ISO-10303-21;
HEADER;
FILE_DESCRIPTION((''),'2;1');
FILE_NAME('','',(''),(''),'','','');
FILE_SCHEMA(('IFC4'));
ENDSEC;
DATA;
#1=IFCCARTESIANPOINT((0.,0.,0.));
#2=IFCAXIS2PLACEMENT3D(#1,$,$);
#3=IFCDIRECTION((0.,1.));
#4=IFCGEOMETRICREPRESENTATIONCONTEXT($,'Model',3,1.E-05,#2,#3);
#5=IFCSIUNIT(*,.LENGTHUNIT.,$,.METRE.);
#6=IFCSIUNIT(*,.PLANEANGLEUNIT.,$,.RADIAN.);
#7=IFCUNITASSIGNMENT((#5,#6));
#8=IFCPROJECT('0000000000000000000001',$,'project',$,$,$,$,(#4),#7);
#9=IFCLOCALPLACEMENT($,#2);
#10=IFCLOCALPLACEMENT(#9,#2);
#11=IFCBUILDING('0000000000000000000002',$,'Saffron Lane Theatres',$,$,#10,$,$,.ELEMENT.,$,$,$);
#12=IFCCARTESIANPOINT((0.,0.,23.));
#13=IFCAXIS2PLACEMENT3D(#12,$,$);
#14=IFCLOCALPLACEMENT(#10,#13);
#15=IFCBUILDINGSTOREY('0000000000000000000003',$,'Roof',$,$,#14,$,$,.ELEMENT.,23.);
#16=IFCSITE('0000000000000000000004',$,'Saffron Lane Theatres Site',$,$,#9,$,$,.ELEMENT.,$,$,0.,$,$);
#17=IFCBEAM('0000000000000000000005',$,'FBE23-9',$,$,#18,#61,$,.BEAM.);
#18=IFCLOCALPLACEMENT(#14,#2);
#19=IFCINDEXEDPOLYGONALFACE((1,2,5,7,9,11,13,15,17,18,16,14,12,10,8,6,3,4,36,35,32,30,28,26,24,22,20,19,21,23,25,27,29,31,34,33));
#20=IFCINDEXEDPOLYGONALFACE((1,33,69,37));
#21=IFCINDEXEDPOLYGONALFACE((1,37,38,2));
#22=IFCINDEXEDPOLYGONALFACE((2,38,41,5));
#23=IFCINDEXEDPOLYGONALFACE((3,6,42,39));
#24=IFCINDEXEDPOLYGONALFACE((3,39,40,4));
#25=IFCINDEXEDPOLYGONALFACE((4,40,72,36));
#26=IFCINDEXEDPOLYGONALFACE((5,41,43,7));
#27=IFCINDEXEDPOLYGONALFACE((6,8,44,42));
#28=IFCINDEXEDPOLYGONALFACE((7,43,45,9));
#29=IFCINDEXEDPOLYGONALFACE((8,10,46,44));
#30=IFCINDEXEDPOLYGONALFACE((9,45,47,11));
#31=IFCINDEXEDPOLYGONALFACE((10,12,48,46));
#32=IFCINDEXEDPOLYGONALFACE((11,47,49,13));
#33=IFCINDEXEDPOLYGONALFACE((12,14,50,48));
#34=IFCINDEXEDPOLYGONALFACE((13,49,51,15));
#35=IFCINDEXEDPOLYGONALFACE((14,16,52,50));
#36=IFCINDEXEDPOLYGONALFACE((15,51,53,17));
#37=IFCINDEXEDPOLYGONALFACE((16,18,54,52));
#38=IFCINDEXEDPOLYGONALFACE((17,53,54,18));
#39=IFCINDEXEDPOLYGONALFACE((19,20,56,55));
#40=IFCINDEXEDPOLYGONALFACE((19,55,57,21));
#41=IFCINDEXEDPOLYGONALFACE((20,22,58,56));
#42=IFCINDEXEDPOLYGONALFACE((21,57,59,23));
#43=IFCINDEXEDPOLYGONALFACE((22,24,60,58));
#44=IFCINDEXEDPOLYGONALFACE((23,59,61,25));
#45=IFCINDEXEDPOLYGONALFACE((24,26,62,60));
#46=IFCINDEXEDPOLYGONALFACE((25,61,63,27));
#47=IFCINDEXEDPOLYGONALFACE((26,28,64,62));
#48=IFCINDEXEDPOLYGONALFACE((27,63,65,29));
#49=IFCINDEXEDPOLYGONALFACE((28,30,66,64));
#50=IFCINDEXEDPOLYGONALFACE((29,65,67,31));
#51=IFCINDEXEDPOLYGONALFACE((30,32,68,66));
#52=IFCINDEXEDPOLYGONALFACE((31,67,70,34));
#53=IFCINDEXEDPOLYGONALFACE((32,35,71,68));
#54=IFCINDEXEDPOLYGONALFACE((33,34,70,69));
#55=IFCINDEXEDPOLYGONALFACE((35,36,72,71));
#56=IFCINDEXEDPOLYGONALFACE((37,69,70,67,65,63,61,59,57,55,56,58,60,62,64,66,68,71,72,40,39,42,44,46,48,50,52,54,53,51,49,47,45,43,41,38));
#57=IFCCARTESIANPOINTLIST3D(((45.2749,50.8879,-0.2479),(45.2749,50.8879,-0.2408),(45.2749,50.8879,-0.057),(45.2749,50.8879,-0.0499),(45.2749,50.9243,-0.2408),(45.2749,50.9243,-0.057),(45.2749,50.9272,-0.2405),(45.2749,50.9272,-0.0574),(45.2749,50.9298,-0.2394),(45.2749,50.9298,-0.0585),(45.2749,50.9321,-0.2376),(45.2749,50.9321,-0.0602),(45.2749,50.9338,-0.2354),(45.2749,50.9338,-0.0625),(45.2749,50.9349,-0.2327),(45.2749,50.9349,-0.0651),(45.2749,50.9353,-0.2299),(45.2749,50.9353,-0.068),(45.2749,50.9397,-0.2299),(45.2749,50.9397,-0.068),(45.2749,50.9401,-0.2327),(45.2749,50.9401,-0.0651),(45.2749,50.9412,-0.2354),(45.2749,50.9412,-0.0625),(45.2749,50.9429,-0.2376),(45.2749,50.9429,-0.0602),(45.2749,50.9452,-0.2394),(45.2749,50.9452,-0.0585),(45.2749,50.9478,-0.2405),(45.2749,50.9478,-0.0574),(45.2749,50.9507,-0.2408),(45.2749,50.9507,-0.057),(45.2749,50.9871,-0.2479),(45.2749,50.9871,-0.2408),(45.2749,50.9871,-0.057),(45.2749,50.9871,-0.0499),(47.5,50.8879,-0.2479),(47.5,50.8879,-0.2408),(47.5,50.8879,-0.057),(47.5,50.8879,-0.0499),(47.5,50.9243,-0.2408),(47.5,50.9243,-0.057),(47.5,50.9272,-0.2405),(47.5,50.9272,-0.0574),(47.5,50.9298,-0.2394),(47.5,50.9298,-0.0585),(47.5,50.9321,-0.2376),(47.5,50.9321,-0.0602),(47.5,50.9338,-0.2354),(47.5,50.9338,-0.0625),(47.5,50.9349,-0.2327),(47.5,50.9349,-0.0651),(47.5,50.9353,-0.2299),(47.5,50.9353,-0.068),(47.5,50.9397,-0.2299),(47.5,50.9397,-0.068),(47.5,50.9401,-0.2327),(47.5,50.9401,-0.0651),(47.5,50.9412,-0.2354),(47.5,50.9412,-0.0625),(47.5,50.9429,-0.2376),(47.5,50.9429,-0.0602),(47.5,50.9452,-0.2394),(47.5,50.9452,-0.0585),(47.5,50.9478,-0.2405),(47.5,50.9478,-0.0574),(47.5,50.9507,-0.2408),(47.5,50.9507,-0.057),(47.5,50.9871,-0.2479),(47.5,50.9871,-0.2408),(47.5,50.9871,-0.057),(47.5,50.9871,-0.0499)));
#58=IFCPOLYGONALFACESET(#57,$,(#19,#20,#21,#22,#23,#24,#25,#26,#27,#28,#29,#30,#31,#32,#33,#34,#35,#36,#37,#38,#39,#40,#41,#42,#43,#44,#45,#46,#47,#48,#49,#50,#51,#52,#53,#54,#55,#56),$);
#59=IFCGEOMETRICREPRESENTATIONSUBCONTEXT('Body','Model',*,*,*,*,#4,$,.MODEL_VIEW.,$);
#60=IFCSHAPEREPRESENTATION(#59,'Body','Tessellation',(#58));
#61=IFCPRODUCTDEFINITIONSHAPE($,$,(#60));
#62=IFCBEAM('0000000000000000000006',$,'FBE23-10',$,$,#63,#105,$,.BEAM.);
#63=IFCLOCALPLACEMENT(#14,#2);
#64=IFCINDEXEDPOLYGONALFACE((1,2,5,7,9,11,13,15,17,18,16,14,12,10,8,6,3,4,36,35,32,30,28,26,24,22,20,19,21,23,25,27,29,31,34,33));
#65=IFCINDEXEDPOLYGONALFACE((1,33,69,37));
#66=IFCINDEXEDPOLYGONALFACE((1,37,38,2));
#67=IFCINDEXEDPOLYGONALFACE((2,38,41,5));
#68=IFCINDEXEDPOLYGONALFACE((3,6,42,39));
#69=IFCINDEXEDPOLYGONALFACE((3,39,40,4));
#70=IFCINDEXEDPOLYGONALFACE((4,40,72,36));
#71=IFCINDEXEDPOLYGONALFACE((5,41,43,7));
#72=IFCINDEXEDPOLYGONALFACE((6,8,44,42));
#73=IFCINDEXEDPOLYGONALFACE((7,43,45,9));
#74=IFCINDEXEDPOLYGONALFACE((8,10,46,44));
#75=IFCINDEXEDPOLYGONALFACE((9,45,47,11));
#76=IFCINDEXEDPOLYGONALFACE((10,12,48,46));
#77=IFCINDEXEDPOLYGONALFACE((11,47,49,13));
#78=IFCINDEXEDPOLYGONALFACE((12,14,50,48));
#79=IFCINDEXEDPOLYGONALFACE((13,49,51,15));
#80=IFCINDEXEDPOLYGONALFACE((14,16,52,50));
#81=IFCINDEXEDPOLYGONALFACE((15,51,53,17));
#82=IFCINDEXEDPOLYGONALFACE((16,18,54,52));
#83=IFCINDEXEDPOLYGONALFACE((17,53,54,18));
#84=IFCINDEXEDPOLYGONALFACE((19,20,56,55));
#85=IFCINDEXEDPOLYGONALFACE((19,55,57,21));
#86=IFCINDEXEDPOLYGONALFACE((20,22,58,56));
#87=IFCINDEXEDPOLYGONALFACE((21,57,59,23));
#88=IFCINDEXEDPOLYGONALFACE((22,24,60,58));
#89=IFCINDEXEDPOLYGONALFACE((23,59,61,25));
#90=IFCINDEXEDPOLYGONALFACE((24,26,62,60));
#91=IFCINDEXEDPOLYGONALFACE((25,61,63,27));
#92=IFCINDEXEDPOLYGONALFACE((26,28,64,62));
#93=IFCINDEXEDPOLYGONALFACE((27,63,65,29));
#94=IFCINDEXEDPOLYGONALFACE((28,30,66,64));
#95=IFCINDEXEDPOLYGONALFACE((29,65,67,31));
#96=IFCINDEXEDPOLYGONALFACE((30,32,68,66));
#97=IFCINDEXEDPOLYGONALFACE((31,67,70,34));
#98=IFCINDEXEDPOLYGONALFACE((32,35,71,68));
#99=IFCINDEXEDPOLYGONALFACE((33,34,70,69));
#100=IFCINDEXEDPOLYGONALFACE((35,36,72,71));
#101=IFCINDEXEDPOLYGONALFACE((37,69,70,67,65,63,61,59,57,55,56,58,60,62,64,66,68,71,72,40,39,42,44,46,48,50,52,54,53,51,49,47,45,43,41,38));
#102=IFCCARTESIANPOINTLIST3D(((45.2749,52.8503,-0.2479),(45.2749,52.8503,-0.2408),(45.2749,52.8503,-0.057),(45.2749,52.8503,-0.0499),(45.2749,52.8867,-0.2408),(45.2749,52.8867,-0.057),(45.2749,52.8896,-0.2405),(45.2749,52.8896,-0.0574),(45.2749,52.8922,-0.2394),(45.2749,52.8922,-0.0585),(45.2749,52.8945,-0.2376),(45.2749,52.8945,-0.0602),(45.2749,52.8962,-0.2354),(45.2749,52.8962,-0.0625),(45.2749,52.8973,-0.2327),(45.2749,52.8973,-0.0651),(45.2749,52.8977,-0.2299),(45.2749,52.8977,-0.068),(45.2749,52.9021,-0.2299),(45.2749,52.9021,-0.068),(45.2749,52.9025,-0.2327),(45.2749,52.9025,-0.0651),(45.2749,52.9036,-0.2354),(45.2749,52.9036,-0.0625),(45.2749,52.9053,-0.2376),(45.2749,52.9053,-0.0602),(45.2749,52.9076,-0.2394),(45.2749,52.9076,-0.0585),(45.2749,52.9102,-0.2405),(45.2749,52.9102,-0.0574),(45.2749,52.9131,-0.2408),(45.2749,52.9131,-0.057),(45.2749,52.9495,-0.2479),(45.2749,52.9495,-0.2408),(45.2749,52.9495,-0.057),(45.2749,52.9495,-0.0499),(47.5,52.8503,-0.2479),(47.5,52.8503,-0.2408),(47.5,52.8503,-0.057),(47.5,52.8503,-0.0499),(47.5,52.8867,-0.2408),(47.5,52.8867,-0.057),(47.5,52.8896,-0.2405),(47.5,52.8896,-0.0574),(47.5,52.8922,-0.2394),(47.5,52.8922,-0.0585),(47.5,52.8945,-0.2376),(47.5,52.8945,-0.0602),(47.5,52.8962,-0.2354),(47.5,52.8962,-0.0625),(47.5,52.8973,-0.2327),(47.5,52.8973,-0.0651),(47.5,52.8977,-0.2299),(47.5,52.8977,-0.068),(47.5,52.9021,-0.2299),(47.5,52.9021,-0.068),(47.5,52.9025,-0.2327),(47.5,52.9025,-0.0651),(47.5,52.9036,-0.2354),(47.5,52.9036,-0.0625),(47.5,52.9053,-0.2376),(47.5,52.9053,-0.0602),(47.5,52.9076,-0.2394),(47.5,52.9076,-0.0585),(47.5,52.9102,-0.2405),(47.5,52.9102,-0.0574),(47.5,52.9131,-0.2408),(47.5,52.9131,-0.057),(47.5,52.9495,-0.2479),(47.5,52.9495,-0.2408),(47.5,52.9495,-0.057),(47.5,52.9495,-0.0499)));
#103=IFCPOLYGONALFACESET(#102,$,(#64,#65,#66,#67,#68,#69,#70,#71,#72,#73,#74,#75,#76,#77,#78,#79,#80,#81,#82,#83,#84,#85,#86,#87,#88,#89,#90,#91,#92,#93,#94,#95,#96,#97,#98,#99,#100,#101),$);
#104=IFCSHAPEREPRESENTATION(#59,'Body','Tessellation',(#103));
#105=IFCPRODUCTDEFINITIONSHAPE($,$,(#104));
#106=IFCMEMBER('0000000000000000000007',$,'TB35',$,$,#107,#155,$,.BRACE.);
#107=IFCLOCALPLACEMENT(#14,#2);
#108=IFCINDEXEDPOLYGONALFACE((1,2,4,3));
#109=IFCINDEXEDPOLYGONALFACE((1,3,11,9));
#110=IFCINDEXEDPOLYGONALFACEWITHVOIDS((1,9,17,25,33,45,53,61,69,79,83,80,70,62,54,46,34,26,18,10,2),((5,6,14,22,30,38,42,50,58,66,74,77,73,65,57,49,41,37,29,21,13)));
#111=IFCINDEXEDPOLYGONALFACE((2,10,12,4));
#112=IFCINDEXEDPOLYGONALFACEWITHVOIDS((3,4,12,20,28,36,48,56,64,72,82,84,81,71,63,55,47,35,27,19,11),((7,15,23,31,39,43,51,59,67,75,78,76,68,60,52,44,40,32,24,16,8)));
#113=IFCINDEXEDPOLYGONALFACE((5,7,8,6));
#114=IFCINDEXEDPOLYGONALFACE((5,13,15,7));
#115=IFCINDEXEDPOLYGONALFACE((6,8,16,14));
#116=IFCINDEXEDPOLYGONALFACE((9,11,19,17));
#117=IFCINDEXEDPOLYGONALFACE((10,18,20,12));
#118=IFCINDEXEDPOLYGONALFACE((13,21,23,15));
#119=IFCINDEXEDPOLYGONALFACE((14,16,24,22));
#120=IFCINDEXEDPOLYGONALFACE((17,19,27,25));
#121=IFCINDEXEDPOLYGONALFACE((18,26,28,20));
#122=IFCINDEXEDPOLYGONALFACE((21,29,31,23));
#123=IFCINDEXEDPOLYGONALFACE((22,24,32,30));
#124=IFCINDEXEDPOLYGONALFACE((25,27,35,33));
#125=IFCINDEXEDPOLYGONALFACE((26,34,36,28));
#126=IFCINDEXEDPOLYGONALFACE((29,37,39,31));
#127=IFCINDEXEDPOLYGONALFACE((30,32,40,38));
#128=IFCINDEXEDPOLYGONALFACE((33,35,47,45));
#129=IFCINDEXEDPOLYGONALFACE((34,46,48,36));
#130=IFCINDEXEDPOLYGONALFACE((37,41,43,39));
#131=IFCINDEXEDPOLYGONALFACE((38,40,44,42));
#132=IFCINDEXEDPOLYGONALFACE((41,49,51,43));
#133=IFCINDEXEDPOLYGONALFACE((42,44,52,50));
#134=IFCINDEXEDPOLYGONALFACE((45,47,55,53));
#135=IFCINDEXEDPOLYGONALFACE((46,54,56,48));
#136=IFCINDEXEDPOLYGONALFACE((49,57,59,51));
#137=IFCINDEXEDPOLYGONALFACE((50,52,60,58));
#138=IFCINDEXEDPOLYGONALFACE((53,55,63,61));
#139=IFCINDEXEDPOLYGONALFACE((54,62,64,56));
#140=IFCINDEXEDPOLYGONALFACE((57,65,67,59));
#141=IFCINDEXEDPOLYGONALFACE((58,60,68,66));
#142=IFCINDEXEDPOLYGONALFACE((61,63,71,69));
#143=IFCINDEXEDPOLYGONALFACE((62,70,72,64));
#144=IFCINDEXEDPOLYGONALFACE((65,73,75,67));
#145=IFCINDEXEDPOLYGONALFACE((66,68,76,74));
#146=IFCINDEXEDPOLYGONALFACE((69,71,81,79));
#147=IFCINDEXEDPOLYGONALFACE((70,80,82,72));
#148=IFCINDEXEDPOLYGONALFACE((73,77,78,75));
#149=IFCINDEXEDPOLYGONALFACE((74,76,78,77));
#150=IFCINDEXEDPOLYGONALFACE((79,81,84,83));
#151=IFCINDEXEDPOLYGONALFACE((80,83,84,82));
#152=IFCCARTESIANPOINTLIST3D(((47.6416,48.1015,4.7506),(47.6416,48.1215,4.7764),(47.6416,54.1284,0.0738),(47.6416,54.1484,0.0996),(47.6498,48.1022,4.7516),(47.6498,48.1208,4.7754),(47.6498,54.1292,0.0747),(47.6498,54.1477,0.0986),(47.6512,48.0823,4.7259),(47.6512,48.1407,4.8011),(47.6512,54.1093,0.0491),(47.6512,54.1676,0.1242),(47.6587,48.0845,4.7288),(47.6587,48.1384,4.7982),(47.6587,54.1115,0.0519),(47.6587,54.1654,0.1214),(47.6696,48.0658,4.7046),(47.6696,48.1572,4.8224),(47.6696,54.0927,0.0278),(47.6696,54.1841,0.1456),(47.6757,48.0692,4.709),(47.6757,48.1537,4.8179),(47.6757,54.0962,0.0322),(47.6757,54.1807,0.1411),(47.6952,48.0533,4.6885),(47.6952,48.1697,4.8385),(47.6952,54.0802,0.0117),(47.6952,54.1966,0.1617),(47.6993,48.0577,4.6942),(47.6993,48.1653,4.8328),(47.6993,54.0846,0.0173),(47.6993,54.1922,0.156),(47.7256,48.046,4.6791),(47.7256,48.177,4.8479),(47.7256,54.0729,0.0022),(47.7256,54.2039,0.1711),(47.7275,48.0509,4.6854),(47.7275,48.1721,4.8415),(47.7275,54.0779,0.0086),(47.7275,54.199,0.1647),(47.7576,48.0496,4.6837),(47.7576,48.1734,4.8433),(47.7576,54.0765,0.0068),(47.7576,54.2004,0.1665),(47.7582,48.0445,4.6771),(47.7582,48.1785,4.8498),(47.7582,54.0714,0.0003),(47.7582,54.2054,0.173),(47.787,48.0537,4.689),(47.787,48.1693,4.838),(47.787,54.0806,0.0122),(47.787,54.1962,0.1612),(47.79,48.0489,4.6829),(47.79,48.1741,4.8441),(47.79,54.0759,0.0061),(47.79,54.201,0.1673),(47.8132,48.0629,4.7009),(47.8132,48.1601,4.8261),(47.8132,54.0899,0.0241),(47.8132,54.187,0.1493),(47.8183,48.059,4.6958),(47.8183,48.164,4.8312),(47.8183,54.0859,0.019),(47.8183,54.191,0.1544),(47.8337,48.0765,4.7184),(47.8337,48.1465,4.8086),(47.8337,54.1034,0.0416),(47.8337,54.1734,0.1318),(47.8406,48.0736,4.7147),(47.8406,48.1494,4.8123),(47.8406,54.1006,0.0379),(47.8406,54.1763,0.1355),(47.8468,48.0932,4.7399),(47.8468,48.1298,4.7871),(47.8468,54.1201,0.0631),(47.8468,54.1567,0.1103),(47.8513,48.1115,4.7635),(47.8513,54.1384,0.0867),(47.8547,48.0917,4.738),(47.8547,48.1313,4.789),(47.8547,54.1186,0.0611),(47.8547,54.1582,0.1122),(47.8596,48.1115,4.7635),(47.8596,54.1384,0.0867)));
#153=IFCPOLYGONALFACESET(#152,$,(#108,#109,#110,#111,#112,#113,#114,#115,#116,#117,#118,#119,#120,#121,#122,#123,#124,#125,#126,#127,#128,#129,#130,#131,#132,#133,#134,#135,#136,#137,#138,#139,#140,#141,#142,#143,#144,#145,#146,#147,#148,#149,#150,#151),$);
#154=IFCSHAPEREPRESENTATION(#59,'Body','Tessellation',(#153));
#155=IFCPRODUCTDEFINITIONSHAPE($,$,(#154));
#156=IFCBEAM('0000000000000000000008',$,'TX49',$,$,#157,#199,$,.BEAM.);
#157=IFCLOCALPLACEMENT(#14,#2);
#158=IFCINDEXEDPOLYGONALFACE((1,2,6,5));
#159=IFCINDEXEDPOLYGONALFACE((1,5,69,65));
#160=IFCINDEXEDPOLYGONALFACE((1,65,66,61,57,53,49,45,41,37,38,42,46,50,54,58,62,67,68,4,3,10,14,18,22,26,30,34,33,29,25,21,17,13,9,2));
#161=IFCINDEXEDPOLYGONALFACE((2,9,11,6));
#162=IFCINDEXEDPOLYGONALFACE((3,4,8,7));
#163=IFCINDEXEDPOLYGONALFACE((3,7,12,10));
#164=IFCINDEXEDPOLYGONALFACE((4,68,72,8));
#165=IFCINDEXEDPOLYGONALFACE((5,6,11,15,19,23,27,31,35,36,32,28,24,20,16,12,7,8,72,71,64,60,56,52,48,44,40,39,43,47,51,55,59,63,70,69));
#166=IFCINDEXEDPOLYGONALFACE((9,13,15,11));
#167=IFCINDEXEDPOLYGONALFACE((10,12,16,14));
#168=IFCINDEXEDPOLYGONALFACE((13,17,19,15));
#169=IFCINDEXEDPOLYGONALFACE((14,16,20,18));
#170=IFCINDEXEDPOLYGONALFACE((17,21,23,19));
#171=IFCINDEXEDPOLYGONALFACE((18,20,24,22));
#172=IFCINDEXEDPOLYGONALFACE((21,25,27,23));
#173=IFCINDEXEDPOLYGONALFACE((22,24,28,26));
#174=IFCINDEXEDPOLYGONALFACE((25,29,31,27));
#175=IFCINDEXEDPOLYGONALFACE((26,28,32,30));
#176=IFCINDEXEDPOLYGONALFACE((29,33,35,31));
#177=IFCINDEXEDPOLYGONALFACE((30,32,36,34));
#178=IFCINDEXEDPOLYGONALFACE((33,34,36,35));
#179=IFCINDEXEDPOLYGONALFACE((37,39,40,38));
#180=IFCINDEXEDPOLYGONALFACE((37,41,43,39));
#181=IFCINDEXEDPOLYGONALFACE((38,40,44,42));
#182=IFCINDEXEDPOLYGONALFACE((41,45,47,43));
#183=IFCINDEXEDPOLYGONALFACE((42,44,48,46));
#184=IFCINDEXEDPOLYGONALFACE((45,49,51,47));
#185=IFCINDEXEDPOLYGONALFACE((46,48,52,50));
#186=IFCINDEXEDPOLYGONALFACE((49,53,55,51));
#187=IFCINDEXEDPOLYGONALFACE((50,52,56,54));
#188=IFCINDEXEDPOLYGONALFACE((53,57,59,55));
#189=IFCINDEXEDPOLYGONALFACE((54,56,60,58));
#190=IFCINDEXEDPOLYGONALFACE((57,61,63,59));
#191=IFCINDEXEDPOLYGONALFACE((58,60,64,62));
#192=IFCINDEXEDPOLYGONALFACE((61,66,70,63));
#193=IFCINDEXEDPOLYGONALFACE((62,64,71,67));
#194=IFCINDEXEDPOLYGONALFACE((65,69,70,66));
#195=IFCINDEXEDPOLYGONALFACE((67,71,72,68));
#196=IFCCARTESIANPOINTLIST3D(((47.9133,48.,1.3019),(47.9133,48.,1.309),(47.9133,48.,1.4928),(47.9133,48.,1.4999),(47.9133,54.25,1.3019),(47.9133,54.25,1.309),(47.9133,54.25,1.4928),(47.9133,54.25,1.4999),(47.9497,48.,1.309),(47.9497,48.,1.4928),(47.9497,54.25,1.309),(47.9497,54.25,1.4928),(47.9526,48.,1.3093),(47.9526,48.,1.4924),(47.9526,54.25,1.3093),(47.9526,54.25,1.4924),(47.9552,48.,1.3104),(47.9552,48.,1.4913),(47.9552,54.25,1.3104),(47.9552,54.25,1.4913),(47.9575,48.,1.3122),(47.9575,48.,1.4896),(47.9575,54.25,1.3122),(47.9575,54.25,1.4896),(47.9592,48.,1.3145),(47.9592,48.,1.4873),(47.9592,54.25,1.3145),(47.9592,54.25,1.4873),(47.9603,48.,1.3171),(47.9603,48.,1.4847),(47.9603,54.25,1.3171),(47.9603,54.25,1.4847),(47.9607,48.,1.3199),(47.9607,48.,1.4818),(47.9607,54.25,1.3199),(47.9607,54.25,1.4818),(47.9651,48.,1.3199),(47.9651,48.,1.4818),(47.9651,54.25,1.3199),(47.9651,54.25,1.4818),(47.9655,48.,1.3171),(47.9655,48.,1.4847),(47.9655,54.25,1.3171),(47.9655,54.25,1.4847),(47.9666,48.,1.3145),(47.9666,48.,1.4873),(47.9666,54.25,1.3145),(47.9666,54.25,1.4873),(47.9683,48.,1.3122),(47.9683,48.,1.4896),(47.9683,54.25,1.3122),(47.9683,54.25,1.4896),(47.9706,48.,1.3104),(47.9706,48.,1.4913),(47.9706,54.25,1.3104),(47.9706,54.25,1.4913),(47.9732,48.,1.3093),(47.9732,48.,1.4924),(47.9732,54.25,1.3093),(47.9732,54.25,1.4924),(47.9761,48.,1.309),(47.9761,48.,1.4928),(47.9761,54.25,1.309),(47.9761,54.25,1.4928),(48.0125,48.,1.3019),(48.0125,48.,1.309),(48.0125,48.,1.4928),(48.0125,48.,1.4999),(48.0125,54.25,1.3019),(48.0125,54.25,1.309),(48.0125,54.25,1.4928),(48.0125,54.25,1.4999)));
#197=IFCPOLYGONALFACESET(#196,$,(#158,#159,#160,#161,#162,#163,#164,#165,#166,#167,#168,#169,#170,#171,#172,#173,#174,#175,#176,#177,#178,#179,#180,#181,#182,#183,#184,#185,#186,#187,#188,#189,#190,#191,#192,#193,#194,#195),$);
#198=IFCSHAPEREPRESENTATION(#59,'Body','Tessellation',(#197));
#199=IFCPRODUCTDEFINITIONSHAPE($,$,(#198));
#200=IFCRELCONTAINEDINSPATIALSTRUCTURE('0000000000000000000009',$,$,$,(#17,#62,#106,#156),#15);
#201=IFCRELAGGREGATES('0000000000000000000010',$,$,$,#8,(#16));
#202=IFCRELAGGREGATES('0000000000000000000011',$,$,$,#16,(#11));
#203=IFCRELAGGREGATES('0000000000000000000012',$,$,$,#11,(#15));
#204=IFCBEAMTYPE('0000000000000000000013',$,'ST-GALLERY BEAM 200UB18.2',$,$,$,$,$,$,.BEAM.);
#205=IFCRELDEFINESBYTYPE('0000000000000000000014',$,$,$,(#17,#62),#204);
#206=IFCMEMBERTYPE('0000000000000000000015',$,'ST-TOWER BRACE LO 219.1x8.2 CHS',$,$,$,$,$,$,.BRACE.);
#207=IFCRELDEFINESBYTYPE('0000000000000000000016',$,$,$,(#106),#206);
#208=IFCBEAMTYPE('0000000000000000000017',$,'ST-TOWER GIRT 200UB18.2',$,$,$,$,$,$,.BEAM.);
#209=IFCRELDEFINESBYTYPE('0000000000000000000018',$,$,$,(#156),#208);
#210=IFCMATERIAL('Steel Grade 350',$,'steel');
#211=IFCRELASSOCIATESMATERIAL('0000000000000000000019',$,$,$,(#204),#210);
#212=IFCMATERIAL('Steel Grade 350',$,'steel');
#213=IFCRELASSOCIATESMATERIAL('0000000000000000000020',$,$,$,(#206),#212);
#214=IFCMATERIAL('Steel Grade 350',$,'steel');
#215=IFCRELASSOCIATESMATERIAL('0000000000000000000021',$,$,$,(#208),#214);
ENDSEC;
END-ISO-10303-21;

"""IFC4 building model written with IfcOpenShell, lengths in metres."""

from ifc_helpers import new_model, si_unit, direction, frame, origin, origin_2d, place, context, subcontext, project, spatial, hollow_circle, i_section, extrude, material, material_profile, profile_set, type_object, element, save


model = new_model("IFC4")

# Units and contexts
model_context = context("Model", 3, precision=1e-05, world=origin(), true_north=direction((0.0, 1.0)))
body_context = subcontext(model_context, "Body", "Model", "MODEL_VIEW")
ifc_project = project(units=[si_unit("LENGTHUNIT", "METRE"), si_unit("PLANEANGLEUNIT", "RADIAN")], contexts=[model_context])

# Site, building, storey
site_placement = place(None, origin())
site = spatial("IfcSite", under=ifc_project, at=site_placement, Name="Saffron Lane Theatres Site", CompositionType="ELEMENT", RefElevation=0.0)
building_placement = place(site_placement, origin())
building = spatial("IfcBuilding", under=site, at=building_placement, Name="Saffron Lane Theatres", CompositionType="ELEMENT")
storey_placement = place(building_placement, frame((0.0, 0.0, 23.0)))
storey = spatial("IfcBuildingStorey", under=building, at=storey_placement, Name="Roof", CompositionType="ELEMENT", Elevation=23.0)

# Beams
ifc_material_1 = material(Name="Steel Grade 350", Category="steel")
ifc_material_profile_1 = material_profile(ifc_material_1, i_section(OverallWidth=0.0991, OverallDepth=0.198, WebThickness=0.0044, FlangeThickness=0.0071, FilletRadius=0.011, at=origin_2d()))
ifc_profile_set_1 = profile_set([ifc_material_profile_1], Name="Steel Grade 350")
beam_type_1 = type_object("IfcBeamType", Name="ST-GALLERY BEAM 200UB18.2", PredefinedType="BEAM", material=ifc_profile_set_1)
for number, where, z_axis, x_axis, name in (
    (1, (45.2749, 50.9375, -0.1489), (1.0, 0.0, 0.0), (0.0, 1.0, 0.0), "FBE23-9"),
    (2, (45.2749, 52.8999, -0.1489), (1.0, 0.0, 0.0), (0.0, 1.0, 0.0), "FBE23-10"),
):
    element("IfcBeam", number, at=place(storey_placement, frame(where, z_axis=z_axis, x_axis=x_axis)), inside=storey, type_object=beam_type_1, Name=name, PredefinedType="BEAM", context=body_context, shape_type="SweptSolid", body=[
        extrude(i_section(OverallWidth=0.0991, OverallDepth=0.198, WebThickness=0.0044, FlangeThickness=0.0071, FilletRadius=0.011, at=origin_2d()), origin(), (0.0, 0.0, 1.0), 2.2251),
    ])

# Member
ifc_material_2 = material(Name="Steel Grade 350", Category="steel")
ifc_material_profile_2 = material_profile(ifc_material_2, hollow_circle(Radius=0.1096, WallThickness=0.0083, at=origin_2d()))
ifc_profile_set_2 = profile_set([ifc_material_profile_2], Name="Steel Grade 350")
member_type = type_object("IfcMemberType", Name="ST-TOWER BRACE LO 219.1x8.2 CHS", PredefinedType="BRACE", material=ifc_profile_set_2)
member_placement = place(storey_placement, frame((47.75, 54.1384, 0.0867), z_axis=(0.0, -0.790038, 0.613058), x_axis=(1.0, 0.0, 0.0)))
element("IfcMember", 3, at=member_placement, inside=storey, type_object=member_type, Name="TB35", PredefinedType="BRACE", context=body_context, shape_type="SweptSolid", body=[
    extrude(hollow_circle(Radius=0.1096, WallThickness=0.0083, at=origin_2d()), origin(), (0.0, 0.0, 1.0), 7.6287),
])

# Beam
ifc_material_3 = material(Name="Steel Grade 350", Category="steel")
ifc_material_profile_3 = material_profile(ifc_material_3, i_section(OverallWidth=0.0991, OverallDepth=0.198, WebThickness=0.0044, FlangeThickness=0.0071, FilletRadius=0.011, at=origin_2d()))
ifc_profile_set_3 = profile_set([ifc_material_profile_3], Name="Steel Grade 350")
beam_type_2 = type_object("IfcBeamType", Name="ST-TOWER GIRT 200UB18.2", PredefinedType="BEAM", material=ifc_profile_set_3)
for number, where, z_axis, x_axis, name in (
    (4, (47.9629, 48.0, 1.4009), (0.0, 1.0, 0.0), (-1.0, 0.0, 0.0), "TX49"),
):
    element("IfcBeam", number, at=place(storey_placement, frame(where, z_axis=z_axis, x_axis=x_axis)), inside=storey, type_object=beam_type_2, Name=name, PredefinedType="BEAM", context=body_context, shape_type="SweptSolid", body=[
        extrude(i_section(OverallWidth=0.0991, OverallDepth=0.198, WebThickness=0.0044, FlangeThickness=0.0071, FilletRadius=0.011, at=origin_2d()), origin(), (0.0, 0.0, 1.0), 6.25),
    ])

save(model, "model.ifc")
